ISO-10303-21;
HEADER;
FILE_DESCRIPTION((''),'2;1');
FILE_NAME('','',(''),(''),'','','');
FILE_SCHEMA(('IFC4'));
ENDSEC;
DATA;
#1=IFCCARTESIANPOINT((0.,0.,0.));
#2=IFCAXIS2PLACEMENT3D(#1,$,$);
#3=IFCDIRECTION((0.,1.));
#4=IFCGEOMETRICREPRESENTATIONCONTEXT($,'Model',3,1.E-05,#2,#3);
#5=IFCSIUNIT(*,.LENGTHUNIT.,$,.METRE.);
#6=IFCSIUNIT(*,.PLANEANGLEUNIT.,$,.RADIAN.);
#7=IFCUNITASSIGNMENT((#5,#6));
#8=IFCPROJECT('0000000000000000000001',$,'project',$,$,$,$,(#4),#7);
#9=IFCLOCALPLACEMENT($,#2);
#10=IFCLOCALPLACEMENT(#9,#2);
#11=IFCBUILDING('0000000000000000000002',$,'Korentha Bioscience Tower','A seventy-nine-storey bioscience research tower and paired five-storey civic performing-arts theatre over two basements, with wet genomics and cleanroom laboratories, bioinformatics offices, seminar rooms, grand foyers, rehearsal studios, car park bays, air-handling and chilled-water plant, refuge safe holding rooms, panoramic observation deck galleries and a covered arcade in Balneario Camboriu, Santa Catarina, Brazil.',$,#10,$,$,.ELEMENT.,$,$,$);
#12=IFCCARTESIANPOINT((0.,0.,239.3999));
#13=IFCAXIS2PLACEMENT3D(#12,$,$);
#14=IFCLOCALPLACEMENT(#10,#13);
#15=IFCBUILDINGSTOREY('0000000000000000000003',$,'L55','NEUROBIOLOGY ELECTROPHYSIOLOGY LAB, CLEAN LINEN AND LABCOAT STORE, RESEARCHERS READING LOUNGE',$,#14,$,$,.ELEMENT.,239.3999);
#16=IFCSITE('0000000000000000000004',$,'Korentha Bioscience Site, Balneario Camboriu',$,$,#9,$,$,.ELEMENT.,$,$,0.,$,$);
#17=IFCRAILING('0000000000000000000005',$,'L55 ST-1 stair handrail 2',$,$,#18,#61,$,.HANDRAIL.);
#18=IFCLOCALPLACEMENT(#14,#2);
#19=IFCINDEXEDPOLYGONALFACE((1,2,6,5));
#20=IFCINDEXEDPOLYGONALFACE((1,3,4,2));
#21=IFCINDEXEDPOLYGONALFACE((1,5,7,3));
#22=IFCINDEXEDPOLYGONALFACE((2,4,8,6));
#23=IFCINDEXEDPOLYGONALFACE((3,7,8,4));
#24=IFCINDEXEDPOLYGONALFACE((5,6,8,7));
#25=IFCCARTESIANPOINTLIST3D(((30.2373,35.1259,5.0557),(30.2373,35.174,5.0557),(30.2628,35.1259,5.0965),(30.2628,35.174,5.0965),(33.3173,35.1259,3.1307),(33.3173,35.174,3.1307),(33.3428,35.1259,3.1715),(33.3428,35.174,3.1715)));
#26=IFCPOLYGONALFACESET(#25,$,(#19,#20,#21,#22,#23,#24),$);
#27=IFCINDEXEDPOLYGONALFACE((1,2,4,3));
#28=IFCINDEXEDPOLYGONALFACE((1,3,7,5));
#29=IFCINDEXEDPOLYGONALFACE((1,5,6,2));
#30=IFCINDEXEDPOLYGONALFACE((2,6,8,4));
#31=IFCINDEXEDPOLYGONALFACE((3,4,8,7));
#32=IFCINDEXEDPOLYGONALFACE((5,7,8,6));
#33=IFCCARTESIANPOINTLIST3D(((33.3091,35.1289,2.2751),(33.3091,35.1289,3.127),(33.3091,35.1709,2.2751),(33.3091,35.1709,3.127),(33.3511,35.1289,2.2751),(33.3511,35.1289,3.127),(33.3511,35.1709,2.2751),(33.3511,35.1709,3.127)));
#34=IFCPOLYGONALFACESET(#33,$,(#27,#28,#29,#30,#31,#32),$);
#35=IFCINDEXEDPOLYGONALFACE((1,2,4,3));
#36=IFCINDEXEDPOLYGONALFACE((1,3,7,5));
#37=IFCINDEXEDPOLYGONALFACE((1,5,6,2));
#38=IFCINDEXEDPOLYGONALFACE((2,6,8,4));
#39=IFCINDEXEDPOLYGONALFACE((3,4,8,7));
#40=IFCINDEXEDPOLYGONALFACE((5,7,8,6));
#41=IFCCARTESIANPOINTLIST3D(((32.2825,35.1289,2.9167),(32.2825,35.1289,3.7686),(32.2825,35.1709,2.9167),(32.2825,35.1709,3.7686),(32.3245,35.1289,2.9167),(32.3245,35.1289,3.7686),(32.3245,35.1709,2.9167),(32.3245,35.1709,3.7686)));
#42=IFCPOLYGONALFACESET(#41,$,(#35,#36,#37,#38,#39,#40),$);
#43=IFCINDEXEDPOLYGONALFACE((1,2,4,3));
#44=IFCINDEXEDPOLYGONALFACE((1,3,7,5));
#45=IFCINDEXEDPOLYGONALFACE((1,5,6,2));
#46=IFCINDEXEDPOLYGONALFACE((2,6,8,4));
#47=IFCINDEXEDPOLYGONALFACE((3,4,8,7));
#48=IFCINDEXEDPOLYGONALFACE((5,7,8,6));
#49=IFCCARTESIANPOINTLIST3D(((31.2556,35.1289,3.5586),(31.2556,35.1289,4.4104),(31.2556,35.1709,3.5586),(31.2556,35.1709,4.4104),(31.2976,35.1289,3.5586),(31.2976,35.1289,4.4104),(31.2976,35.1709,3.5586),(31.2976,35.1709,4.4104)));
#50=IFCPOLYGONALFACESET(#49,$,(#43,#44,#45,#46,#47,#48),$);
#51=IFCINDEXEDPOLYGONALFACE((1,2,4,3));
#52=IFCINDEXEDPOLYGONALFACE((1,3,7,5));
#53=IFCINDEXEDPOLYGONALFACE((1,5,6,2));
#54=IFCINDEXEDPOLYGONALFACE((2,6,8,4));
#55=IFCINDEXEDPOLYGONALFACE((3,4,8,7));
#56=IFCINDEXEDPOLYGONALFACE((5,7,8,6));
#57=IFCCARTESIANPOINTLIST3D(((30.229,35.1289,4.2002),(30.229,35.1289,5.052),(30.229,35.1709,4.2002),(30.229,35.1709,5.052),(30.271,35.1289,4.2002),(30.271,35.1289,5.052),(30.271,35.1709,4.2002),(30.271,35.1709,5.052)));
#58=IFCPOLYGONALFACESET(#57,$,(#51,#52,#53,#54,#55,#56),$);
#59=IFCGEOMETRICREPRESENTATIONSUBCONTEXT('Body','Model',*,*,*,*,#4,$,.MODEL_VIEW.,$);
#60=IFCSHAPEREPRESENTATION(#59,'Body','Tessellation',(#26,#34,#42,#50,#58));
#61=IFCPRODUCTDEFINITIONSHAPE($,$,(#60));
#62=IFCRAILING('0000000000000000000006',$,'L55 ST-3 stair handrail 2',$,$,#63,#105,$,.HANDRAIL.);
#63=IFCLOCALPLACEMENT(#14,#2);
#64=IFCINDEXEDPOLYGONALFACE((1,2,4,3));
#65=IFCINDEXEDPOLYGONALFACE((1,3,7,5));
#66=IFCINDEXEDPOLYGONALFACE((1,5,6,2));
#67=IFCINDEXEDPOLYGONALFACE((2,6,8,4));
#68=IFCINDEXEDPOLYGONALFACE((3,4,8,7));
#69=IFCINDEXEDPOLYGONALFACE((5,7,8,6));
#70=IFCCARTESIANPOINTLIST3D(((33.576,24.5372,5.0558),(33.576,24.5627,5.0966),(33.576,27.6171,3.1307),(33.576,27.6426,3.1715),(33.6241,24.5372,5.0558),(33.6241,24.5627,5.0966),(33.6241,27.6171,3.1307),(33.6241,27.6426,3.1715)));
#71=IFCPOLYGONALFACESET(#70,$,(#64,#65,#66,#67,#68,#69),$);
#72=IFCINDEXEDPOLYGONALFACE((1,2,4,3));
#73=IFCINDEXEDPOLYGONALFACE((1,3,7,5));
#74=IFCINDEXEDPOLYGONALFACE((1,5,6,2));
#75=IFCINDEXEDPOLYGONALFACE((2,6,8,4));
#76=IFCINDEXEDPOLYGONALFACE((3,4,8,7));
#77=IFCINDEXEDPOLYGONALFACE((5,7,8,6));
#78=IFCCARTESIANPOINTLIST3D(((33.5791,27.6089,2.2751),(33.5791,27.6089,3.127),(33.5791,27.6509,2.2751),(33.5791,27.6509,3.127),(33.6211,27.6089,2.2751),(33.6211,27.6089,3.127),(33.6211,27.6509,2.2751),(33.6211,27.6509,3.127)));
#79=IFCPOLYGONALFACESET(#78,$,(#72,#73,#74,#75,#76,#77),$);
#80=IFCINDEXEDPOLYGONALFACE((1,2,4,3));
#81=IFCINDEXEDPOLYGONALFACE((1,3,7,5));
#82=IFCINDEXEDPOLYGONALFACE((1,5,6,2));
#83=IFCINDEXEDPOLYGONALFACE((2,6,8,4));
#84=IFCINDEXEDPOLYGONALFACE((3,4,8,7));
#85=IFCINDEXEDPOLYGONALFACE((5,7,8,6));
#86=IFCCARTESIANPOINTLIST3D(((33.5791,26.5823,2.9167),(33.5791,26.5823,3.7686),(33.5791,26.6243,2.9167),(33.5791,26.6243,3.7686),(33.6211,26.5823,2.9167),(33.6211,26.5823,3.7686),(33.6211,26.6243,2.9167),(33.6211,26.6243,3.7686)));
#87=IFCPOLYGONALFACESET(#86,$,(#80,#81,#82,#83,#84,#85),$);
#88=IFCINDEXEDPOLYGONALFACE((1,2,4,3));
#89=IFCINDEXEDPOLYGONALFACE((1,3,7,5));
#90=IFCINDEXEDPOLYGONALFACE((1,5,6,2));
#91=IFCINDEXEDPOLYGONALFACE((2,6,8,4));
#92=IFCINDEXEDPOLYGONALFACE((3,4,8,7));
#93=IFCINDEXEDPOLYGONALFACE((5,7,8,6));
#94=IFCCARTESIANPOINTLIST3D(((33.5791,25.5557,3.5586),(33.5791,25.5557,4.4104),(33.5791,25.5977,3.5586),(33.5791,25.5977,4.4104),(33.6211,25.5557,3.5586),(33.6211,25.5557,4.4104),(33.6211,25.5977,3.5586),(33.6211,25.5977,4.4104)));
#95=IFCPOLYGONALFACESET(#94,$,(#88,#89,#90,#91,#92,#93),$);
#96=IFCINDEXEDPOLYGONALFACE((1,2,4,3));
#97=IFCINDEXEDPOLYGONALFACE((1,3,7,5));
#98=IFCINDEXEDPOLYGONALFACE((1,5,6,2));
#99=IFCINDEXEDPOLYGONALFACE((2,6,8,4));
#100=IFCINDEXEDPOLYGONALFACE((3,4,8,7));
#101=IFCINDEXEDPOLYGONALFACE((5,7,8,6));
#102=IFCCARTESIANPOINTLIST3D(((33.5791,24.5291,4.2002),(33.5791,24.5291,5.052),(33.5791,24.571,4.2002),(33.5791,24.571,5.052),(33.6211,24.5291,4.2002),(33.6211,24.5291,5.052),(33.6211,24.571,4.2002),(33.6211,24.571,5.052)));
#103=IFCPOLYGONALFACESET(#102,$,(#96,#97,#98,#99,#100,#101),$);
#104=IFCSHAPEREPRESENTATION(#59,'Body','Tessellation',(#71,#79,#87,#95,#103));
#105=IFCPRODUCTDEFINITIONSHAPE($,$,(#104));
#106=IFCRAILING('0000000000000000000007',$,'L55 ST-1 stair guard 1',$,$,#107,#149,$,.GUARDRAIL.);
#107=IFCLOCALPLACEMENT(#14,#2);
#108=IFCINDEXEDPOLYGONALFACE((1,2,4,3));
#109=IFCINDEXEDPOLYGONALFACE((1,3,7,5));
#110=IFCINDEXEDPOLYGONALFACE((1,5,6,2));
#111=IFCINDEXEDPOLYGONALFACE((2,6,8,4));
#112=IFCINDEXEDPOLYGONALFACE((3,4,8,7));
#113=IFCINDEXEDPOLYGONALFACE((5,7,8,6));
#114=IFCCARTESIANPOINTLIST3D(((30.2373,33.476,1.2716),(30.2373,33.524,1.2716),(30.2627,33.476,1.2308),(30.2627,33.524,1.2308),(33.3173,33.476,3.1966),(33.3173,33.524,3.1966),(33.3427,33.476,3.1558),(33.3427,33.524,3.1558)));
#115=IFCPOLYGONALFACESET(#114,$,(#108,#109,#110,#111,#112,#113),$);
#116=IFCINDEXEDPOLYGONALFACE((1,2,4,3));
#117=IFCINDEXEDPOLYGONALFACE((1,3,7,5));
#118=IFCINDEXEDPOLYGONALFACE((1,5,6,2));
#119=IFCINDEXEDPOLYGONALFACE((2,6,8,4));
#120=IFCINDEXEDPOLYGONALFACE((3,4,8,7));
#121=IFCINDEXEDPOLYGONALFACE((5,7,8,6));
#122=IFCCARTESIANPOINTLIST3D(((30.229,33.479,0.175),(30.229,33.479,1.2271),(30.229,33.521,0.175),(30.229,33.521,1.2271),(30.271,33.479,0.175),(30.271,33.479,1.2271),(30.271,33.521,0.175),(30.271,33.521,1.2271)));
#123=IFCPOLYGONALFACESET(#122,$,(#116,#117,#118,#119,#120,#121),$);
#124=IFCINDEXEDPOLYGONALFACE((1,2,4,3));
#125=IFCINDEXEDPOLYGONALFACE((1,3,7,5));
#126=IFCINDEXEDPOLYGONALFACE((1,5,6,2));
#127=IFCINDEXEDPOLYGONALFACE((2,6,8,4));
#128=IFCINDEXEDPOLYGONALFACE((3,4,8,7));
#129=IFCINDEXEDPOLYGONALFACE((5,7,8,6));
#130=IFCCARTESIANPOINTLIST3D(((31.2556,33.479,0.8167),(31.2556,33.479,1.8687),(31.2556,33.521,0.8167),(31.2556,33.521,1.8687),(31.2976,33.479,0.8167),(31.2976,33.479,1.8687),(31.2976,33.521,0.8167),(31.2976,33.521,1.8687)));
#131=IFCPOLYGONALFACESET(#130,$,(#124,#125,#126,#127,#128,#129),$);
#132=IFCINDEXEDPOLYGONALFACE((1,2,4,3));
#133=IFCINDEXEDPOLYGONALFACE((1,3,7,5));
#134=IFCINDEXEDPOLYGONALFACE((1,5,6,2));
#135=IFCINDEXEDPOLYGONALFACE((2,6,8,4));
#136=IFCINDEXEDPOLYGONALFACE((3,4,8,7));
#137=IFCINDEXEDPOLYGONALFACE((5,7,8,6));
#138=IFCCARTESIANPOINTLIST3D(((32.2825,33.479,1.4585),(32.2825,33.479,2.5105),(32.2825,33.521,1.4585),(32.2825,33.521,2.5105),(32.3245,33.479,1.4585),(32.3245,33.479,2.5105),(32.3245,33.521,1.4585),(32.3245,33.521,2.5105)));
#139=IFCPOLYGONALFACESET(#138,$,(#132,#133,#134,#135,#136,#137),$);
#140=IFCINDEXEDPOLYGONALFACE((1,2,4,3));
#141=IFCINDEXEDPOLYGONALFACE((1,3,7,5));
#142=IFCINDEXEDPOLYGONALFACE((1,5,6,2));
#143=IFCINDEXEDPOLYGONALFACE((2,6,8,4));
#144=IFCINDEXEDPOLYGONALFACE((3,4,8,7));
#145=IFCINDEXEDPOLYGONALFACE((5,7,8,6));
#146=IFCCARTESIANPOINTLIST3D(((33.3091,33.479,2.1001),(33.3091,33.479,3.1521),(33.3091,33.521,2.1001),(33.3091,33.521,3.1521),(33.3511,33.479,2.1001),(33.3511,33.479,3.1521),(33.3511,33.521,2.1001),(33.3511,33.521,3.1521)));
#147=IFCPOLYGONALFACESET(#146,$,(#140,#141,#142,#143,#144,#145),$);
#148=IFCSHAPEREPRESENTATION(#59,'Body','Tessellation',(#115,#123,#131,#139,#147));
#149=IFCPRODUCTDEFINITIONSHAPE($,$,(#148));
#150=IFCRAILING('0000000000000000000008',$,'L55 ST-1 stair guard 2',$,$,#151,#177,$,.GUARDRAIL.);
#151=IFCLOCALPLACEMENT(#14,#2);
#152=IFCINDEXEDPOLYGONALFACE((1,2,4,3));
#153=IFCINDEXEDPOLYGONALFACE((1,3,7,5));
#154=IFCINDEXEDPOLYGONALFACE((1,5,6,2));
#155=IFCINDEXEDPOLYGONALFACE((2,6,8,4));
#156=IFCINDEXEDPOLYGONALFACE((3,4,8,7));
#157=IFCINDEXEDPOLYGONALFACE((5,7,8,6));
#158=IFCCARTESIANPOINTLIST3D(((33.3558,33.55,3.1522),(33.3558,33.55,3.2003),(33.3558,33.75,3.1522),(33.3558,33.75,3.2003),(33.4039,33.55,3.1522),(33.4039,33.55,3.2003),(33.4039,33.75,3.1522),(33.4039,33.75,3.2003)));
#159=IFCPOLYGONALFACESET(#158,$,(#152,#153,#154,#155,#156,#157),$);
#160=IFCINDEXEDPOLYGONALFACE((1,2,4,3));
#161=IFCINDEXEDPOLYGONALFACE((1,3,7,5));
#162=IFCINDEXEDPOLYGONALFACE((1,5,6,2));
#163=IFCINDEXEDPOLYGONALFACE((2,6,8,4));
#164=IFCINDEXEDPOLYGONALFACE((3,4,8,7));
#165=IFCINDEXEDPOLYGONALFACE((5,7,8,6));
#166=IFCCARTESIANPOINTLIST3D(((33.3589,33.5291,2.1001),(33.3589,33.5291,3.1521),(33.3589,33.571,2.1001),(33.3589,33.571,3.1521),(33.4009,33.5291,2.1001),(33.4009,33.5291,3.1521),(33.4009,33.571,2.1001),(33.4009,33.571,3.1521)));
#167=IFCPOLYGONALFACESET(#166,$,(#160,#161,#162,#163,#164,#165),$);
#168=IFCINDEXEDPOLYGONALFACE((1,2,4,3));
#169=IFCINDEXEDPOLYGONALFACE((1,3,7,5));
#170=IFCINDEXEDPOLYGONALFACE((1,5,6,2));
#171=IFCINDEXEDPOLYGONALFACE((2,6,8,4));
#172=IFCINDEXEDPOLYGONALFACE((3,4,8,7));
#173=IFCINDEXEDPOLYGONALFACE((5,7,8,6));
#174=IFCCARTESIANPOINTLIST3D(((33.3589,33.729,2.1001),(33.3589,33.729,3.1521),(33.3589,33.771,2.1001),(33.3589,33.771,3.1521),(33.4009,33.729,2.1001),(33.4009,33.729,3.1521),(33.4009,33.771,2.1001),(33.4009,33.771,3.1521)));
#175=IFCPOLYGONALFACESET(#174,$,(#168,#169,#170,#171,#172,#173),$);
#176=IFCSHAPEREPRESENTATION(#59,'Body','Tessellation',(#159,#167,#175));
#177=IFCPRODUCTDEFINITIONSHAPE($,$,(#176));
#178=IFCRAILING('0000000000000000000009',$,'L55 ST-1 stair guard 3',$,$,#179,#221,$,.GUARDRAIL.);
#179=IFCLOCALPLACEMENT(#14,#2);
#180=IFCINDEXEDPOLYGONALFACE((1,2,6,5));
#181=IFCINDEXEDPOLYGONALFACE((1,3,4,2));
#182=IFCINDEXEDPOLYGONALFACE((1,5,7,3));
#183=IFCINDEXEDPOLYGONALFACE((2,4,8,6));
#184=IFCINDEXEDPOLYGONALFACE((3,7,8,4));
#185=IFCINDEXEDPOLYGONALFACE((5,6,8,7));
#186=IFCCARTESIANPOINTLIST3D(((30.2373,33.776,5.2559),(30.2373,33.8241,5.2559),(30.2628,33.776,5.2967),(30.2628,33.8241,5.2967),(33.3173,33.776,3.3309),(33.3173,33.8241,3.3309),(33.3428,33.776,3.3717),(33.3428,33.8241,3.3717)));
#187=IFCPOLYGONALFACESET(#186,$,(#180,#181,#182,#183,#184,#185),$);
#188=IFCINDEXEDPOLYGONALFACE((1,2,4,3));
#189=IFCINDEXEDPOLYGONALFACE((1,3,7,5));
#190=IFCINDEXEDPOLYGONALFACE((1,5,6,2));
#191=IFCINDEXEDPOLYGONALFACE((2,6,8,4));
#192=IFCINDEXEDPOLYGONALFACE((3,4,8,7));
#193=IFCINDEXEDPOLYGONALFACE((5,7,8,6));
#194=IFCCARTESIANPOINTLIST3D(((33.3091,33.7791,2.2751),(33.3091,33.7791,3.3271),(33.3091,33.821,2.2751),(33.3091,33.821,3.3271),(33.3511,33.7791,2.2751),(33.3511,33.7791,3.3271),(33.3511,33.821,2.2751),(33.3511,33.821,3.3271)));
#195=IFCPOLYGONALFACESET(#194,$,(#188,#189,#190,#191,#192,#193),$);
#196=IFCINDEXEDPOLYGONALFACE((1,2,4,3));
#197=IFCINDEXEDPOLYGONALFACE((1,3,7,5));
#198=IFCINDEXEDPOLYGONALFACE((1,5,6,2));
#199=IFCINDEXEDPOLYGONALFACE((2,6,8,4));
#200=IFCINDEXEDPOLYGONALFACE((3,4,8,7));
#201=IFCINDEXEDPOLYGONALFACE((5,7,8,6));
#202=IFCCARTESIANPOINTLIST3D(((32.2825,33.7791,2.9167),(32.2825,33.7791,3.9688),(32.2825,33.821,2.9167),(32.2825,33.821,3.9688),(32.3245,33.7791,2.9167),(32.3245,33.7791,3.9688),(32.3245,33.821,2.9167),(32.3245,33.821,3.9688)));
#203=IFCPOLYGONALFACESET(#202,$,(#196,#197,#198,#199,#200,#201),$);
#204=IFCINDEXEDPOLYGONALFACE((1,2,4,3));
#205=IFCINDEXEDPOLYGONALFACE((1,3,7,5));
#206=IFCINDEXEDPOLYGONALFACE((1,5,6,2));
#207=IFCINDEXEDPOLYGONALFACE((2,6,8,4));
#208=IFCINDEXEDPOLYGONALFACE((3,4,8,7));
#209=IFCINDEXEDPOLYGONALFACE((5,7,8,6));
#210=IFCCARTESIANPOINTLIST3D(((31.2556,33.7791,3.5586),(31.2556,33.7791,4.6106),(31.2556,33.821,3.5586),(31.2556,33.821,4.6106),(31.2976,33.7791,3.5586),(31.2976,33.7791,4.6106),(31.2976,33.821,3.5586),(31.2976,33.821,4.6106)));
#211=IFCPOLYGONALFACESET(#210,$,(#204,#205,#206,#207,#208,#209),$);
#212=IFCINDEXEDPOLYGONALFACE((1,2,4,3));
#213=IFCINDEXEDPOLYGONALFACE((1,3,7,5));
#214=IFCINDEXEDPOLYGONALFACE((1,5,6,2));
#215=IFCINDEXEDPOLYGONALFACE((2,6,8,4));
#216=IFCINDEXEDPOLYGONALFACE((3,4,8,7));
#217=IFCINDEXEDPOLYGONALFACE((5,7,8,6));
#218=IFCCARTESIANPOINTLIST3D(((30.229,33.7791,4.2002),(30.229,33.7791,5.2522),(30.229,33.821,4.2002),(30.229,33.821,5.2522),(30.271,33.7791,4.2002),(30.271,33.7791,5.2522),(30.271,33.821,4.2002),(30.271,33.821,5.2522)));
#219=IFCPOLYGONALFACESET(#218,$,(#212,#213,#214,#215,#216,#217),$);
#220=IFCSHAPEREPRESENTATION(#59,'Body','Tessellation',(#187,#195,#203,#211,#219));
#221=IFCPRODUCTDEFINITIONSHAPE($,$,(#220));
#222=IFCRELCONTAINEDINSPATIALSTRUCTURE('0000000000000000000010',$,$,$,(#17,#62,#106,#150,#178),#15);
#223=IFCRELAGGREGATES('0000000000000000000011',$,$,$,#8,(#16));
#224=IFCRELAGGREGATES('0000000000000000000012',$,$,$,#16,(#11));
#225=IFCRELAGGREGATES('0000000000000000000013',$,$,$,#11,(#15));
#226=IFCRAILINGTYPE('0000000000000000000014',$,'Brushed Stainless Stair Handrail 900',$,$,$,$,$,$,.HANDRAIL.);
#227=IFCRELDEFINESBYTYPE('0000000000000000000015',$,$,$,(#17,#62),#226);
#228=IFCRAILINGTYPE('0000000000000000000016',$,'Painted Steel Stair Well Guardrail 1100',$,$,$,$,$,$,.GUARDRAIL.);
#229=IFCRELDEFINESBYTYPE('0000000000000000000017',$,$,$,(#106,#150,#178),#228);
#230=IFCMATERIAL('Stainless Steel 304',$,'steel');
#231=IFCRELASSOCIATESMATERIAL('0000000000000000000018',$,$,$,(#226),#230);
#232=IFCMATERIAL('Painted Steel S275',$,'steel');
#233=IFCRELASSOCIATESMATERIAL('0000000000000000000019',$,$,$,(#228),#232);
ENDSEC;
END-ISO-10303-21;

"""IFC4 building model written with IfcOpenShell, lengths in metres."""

from ifc_helpers import new_model, si_unit, direction, frame, origin, origin_2d, place, context, subcontext, project, spatial, rectangle, extrude, material, type_object, element, save


model = new_model("IFC4")

# Units and contexts
model_context = context("Model", 3, precision=1e-05, world=origin(), true_north=direction((0.0, 1.0)))
body_context = subcontext(model_context, "Body", "Model", "MODEL_VIEW")
ifc_project = project(units=[si_unit("LENGTHUNIT", "METRE"), si_unit("PLANEANGLEUNIT", "RADIAN")], contexts=[model_context])

# Site, building, storey
site_placement = place(None, origin())
site = spatial("IfcSite", under=ifc_project, at=site_placement, Name="Korentha Bioscience Site, Balneario Camboriu", CompositionType="ELEMENT", RefElevation=0.0)
building_placement = place(site_placement, origin())
building = spatial("IfcBuilding", under=site, at=building_placement, Name="Korentha Bioscience Tower", Description="A seventy-nine-storey bioscience research tower and paired five-storey civic performing-arts theatre over two basements, with wet genomics and cleanroom laboratories, bioinformatics offices, seminar rooms, grand foyers, rehearsal studios, car park bays, air-handling and chilled-water plant, refuge safe holding rooms, panoramic observation deck galleries and a covered arcade in Balneario Camboriu, Santa Catarina, Brazil.", CompositionType="ELEMENT")
storey_placement = place(building_placement, frame((0.0, 0.0, 239.3999)))
storey = spatial("IfcBuildingStorey", under=building, at=storey_placement, Name="L55", Description="NEUROBIOLOGY ELECTROPHYSIOLOGY LAB, CLEAN LINEN AND LABCOAT STORE, RESEARCHERS READING LOUNGE", CompositionType="ELEMENT", Elevation=239.3999)

# Railings
ifc_material_1 = material(Name="Stainless Steel 304", Category="steel")
railing_type_1 = type_object("IfcRailingType", Name="Brushed Stainless Stair Handrail 900", PredefinedType="HANDRAIL", material=ifc_material_1)
railing_1_placement = place(storey_placement, frame((33.3301, 35.1499, 2.2751)))
element("IfcRailing", 1, at=railing_1_placement, inside=storey, type_object=railing_type_1, Name="L55 ST-1 stair handrail 2", PredefinedType="HANDRAIL", context=body_context, shape_type="SweptSolid", body=[
    extrude(rectangle(XDim=0.0481, YDim=0.0481, at=origin_2d()), frame((0.0, 0.0, 0.876), z_axis=(-0.847998, 0.0, 0.529999), x_axis=(0.0, -1.0, 0.0)), (0.0, 0.0, 1.0), 3.6321),
    extrude(rectangle(XDim=0.042, YDim=0.042, at=origin_2d()), origin(), (0.0, 0.0, 1.0), 0.8518),
    extrude(rectangle(XDim=0.042, YDim=0.042, at=origin_2d()), frame((-1.0266, 0.0, 0.6416)), (0.0, 0.0, 1.0), 0.8518),
    extrude(rectangle(XDim=0.042, YDim=0.042, at=origin_2d()), frame((-2.0535, 0.0, 1.2834)), (0.0, 0.0, 1.0), 0.8518),
    extrude(rectangle(XDim=0.042, YDim=0.042, at=origin_2d()), frame((-3.0801, 0.0, 1.925)), (0.0, 0.0, 1.0), 0.8518),
])
railing_2_placement = place(storey_placement, frame((33.6001, 27.6299, 2.2751)))
element("IfcRailing", 2, at=railing_2_placement, inside=storey, type_object=railing_type_1, Name="L55 ST-3 stair handrail 2", PredefinedType="HANDRAIL", context=body_context, shape_type="SweptSolid", body=[
    extrude(rectangle(XDim=0.0481, YDim=0.0481, at=origin_2d()), frame((0.0, 0.0, 0.876), z_axis=(0.0, -0.847979, 0.530029), x_axis=(1.0, 0.0, 0.0)), (0.0, 0.0, 1.0), 3.6321),
    extrude(rectangle(XDim=0.042, YDim=0.042, at=origin_2d()), origin(), (0.0, 0.0, 1.0), 0.8518),
    extrude(rectangle(XDim=0.042, YDim=0.042, at=origin_2d()), frame((0.0, -1.0266, 0.6416)), (0.0, 0.0, 1.0), 0.8518),
    extrude(rectangle(XDim=0.042, YDim=0.042, at=origin_2d()), frame((0.0, -2.0532, 1.2834)), (0.0, 0.0, 1.0), 0.8518),
    extrude(rectangle(XDim=0.042, YDim=0.042, at=origin_2d()), frame((0.0, -3.0798, 1.925)), (0.0, 0.0, 1.0), 0.8518),
])
ifc_material_2 = material(Name="Painted Steel S275", Category="steel")
railing_type_2 = type_object("IfcRailingType", Name="Painted Steel Stair Well Guardrail 1100", PredefinedType="GUARDRAIL", material=ifc_material_2)
railing_3_placement = place(storey_placement, frame((30.25, 33.5, 0.175)))
element("IfcRailing", 3, at=railing_3_placement, inside=storey, type_object=railing_type_2, Name="L55 ST-1 stair guard 1", PredefinedType="GUARDRAIL", context=body_context, shape_type="SweptSolid", body=[
    extrude(rectangle(XDim=0.0481, YDim=0.0481, at=origin_2d()), frame((0.0, 0.0, 1.0762), z_axis=(0.847998, 0.0, 0.529999), x_axis=(0.0, 1.0, 0.0)), (0.0, 0.0, 1.0), 3.6321),
    extrude(rectangle(XDim=0.042, YDim=0.042, at=origin_2d()), origin(), (0.0, 0.0, 1.0), 1.052),
    extrude(rectangle(XDim=0.042, YDim=0.042, at=origin_2d()), frame((1.0266, 0.0, 0.6416)), (0.0, 0.0, 1.0), 1.052),
    extrude(rectangle(XDim=0.042, YDim=0.042, at=origin_2d()), frame((2.0535, 0.0, 1.2834)), (0.0, 0.0, 1.0), 1.052),
    extrude(rectangle(XDim=0.042, YDim=0.042, at=origin_2d()), frame((3.0801, 0.0, 1.925)), (0.0, 0.0, 1.0), 1.052),
])
railing_4_placement = place(storey_placement, frame((33.3799, 33.55, 2.1001)))
element("IfcRailing", 4, at=railing_4_placement, inside=storey, type_object=railing_type_2, Name="L55 ST-1 stair guard 2", PredefinedType="GUARDRAIL", context=body_context, shape_type="SweptSolid", body=[
    extrude(rectangle(XDim=0.0481, YDim=0.0481, at=origin_2d()), frame((0.0, 0.0, 1.0762), z_axis=(0.0, 1.0, 0.0), x_axis=(-1.0, 0.0, 0.0)), (0.0, 0.0, 1.0), 0.2),
    extrude(rectangle(XDim=0.042, YDim=0.042, at=origin_2d()), origin(), (0.0, 0.0, 1.0), 1.052),
    extrude(rectangle(XDim=0.042, YDim=0.042, at=origin_2d()), frame((0.0, 0.2, 0.0)), (0.0, 0.0, 1.0), 1.052),
])
railing_5_placement = place(storey_placement, frame((33.3301, 33.8, 2.2751)))
element("IfcRailing", 5, at=railing_5_placement, inside=storey, type_object=railing_type_2, Name="L55 ST-1 stair guard 3", PredefinedType="GUARDRAIL", context=body_context, shape_type="SweptSolid", body=[
    extrude(rectangle(XDim=0.0481, YDim=0.0481, at=origin_2d()), frame((0.0, 0.0, 1.0762), z_axis=(-0.847998, 0.0, 0.529999), x_axis=(0.0, -1.0, 0.0)), (0.0, 0.0, 1.0), 3.6321),
    extrude(rectangle(XDim=0.042, YDim=0.042, at=origin_2d()), origin(), (0.0, 0.0, 1.0), 1.052),
    extrude(rectangle(XDim=0.042, YDim=0.042, at=origin_2d()), frame((-1.0266, 0.0, 0.6416)), (0.0, 0.0, 1.0), 1.052),
    extrude(rectangle(XDim=0.042, YDim=0.042, at=origin_2d()), frame((-2.0535, 0.0, 1.2834)), (0.0, 0.0, 1.0), 1.052),
    extrude(rectangle(XDim=0.042, YDim=0.042, at=origin_2d()), frame((-3.0801, 0.0, 1.925)), (0.0, 0.0, 1.0), 1.052),
])

save(model, "model.ifc")
